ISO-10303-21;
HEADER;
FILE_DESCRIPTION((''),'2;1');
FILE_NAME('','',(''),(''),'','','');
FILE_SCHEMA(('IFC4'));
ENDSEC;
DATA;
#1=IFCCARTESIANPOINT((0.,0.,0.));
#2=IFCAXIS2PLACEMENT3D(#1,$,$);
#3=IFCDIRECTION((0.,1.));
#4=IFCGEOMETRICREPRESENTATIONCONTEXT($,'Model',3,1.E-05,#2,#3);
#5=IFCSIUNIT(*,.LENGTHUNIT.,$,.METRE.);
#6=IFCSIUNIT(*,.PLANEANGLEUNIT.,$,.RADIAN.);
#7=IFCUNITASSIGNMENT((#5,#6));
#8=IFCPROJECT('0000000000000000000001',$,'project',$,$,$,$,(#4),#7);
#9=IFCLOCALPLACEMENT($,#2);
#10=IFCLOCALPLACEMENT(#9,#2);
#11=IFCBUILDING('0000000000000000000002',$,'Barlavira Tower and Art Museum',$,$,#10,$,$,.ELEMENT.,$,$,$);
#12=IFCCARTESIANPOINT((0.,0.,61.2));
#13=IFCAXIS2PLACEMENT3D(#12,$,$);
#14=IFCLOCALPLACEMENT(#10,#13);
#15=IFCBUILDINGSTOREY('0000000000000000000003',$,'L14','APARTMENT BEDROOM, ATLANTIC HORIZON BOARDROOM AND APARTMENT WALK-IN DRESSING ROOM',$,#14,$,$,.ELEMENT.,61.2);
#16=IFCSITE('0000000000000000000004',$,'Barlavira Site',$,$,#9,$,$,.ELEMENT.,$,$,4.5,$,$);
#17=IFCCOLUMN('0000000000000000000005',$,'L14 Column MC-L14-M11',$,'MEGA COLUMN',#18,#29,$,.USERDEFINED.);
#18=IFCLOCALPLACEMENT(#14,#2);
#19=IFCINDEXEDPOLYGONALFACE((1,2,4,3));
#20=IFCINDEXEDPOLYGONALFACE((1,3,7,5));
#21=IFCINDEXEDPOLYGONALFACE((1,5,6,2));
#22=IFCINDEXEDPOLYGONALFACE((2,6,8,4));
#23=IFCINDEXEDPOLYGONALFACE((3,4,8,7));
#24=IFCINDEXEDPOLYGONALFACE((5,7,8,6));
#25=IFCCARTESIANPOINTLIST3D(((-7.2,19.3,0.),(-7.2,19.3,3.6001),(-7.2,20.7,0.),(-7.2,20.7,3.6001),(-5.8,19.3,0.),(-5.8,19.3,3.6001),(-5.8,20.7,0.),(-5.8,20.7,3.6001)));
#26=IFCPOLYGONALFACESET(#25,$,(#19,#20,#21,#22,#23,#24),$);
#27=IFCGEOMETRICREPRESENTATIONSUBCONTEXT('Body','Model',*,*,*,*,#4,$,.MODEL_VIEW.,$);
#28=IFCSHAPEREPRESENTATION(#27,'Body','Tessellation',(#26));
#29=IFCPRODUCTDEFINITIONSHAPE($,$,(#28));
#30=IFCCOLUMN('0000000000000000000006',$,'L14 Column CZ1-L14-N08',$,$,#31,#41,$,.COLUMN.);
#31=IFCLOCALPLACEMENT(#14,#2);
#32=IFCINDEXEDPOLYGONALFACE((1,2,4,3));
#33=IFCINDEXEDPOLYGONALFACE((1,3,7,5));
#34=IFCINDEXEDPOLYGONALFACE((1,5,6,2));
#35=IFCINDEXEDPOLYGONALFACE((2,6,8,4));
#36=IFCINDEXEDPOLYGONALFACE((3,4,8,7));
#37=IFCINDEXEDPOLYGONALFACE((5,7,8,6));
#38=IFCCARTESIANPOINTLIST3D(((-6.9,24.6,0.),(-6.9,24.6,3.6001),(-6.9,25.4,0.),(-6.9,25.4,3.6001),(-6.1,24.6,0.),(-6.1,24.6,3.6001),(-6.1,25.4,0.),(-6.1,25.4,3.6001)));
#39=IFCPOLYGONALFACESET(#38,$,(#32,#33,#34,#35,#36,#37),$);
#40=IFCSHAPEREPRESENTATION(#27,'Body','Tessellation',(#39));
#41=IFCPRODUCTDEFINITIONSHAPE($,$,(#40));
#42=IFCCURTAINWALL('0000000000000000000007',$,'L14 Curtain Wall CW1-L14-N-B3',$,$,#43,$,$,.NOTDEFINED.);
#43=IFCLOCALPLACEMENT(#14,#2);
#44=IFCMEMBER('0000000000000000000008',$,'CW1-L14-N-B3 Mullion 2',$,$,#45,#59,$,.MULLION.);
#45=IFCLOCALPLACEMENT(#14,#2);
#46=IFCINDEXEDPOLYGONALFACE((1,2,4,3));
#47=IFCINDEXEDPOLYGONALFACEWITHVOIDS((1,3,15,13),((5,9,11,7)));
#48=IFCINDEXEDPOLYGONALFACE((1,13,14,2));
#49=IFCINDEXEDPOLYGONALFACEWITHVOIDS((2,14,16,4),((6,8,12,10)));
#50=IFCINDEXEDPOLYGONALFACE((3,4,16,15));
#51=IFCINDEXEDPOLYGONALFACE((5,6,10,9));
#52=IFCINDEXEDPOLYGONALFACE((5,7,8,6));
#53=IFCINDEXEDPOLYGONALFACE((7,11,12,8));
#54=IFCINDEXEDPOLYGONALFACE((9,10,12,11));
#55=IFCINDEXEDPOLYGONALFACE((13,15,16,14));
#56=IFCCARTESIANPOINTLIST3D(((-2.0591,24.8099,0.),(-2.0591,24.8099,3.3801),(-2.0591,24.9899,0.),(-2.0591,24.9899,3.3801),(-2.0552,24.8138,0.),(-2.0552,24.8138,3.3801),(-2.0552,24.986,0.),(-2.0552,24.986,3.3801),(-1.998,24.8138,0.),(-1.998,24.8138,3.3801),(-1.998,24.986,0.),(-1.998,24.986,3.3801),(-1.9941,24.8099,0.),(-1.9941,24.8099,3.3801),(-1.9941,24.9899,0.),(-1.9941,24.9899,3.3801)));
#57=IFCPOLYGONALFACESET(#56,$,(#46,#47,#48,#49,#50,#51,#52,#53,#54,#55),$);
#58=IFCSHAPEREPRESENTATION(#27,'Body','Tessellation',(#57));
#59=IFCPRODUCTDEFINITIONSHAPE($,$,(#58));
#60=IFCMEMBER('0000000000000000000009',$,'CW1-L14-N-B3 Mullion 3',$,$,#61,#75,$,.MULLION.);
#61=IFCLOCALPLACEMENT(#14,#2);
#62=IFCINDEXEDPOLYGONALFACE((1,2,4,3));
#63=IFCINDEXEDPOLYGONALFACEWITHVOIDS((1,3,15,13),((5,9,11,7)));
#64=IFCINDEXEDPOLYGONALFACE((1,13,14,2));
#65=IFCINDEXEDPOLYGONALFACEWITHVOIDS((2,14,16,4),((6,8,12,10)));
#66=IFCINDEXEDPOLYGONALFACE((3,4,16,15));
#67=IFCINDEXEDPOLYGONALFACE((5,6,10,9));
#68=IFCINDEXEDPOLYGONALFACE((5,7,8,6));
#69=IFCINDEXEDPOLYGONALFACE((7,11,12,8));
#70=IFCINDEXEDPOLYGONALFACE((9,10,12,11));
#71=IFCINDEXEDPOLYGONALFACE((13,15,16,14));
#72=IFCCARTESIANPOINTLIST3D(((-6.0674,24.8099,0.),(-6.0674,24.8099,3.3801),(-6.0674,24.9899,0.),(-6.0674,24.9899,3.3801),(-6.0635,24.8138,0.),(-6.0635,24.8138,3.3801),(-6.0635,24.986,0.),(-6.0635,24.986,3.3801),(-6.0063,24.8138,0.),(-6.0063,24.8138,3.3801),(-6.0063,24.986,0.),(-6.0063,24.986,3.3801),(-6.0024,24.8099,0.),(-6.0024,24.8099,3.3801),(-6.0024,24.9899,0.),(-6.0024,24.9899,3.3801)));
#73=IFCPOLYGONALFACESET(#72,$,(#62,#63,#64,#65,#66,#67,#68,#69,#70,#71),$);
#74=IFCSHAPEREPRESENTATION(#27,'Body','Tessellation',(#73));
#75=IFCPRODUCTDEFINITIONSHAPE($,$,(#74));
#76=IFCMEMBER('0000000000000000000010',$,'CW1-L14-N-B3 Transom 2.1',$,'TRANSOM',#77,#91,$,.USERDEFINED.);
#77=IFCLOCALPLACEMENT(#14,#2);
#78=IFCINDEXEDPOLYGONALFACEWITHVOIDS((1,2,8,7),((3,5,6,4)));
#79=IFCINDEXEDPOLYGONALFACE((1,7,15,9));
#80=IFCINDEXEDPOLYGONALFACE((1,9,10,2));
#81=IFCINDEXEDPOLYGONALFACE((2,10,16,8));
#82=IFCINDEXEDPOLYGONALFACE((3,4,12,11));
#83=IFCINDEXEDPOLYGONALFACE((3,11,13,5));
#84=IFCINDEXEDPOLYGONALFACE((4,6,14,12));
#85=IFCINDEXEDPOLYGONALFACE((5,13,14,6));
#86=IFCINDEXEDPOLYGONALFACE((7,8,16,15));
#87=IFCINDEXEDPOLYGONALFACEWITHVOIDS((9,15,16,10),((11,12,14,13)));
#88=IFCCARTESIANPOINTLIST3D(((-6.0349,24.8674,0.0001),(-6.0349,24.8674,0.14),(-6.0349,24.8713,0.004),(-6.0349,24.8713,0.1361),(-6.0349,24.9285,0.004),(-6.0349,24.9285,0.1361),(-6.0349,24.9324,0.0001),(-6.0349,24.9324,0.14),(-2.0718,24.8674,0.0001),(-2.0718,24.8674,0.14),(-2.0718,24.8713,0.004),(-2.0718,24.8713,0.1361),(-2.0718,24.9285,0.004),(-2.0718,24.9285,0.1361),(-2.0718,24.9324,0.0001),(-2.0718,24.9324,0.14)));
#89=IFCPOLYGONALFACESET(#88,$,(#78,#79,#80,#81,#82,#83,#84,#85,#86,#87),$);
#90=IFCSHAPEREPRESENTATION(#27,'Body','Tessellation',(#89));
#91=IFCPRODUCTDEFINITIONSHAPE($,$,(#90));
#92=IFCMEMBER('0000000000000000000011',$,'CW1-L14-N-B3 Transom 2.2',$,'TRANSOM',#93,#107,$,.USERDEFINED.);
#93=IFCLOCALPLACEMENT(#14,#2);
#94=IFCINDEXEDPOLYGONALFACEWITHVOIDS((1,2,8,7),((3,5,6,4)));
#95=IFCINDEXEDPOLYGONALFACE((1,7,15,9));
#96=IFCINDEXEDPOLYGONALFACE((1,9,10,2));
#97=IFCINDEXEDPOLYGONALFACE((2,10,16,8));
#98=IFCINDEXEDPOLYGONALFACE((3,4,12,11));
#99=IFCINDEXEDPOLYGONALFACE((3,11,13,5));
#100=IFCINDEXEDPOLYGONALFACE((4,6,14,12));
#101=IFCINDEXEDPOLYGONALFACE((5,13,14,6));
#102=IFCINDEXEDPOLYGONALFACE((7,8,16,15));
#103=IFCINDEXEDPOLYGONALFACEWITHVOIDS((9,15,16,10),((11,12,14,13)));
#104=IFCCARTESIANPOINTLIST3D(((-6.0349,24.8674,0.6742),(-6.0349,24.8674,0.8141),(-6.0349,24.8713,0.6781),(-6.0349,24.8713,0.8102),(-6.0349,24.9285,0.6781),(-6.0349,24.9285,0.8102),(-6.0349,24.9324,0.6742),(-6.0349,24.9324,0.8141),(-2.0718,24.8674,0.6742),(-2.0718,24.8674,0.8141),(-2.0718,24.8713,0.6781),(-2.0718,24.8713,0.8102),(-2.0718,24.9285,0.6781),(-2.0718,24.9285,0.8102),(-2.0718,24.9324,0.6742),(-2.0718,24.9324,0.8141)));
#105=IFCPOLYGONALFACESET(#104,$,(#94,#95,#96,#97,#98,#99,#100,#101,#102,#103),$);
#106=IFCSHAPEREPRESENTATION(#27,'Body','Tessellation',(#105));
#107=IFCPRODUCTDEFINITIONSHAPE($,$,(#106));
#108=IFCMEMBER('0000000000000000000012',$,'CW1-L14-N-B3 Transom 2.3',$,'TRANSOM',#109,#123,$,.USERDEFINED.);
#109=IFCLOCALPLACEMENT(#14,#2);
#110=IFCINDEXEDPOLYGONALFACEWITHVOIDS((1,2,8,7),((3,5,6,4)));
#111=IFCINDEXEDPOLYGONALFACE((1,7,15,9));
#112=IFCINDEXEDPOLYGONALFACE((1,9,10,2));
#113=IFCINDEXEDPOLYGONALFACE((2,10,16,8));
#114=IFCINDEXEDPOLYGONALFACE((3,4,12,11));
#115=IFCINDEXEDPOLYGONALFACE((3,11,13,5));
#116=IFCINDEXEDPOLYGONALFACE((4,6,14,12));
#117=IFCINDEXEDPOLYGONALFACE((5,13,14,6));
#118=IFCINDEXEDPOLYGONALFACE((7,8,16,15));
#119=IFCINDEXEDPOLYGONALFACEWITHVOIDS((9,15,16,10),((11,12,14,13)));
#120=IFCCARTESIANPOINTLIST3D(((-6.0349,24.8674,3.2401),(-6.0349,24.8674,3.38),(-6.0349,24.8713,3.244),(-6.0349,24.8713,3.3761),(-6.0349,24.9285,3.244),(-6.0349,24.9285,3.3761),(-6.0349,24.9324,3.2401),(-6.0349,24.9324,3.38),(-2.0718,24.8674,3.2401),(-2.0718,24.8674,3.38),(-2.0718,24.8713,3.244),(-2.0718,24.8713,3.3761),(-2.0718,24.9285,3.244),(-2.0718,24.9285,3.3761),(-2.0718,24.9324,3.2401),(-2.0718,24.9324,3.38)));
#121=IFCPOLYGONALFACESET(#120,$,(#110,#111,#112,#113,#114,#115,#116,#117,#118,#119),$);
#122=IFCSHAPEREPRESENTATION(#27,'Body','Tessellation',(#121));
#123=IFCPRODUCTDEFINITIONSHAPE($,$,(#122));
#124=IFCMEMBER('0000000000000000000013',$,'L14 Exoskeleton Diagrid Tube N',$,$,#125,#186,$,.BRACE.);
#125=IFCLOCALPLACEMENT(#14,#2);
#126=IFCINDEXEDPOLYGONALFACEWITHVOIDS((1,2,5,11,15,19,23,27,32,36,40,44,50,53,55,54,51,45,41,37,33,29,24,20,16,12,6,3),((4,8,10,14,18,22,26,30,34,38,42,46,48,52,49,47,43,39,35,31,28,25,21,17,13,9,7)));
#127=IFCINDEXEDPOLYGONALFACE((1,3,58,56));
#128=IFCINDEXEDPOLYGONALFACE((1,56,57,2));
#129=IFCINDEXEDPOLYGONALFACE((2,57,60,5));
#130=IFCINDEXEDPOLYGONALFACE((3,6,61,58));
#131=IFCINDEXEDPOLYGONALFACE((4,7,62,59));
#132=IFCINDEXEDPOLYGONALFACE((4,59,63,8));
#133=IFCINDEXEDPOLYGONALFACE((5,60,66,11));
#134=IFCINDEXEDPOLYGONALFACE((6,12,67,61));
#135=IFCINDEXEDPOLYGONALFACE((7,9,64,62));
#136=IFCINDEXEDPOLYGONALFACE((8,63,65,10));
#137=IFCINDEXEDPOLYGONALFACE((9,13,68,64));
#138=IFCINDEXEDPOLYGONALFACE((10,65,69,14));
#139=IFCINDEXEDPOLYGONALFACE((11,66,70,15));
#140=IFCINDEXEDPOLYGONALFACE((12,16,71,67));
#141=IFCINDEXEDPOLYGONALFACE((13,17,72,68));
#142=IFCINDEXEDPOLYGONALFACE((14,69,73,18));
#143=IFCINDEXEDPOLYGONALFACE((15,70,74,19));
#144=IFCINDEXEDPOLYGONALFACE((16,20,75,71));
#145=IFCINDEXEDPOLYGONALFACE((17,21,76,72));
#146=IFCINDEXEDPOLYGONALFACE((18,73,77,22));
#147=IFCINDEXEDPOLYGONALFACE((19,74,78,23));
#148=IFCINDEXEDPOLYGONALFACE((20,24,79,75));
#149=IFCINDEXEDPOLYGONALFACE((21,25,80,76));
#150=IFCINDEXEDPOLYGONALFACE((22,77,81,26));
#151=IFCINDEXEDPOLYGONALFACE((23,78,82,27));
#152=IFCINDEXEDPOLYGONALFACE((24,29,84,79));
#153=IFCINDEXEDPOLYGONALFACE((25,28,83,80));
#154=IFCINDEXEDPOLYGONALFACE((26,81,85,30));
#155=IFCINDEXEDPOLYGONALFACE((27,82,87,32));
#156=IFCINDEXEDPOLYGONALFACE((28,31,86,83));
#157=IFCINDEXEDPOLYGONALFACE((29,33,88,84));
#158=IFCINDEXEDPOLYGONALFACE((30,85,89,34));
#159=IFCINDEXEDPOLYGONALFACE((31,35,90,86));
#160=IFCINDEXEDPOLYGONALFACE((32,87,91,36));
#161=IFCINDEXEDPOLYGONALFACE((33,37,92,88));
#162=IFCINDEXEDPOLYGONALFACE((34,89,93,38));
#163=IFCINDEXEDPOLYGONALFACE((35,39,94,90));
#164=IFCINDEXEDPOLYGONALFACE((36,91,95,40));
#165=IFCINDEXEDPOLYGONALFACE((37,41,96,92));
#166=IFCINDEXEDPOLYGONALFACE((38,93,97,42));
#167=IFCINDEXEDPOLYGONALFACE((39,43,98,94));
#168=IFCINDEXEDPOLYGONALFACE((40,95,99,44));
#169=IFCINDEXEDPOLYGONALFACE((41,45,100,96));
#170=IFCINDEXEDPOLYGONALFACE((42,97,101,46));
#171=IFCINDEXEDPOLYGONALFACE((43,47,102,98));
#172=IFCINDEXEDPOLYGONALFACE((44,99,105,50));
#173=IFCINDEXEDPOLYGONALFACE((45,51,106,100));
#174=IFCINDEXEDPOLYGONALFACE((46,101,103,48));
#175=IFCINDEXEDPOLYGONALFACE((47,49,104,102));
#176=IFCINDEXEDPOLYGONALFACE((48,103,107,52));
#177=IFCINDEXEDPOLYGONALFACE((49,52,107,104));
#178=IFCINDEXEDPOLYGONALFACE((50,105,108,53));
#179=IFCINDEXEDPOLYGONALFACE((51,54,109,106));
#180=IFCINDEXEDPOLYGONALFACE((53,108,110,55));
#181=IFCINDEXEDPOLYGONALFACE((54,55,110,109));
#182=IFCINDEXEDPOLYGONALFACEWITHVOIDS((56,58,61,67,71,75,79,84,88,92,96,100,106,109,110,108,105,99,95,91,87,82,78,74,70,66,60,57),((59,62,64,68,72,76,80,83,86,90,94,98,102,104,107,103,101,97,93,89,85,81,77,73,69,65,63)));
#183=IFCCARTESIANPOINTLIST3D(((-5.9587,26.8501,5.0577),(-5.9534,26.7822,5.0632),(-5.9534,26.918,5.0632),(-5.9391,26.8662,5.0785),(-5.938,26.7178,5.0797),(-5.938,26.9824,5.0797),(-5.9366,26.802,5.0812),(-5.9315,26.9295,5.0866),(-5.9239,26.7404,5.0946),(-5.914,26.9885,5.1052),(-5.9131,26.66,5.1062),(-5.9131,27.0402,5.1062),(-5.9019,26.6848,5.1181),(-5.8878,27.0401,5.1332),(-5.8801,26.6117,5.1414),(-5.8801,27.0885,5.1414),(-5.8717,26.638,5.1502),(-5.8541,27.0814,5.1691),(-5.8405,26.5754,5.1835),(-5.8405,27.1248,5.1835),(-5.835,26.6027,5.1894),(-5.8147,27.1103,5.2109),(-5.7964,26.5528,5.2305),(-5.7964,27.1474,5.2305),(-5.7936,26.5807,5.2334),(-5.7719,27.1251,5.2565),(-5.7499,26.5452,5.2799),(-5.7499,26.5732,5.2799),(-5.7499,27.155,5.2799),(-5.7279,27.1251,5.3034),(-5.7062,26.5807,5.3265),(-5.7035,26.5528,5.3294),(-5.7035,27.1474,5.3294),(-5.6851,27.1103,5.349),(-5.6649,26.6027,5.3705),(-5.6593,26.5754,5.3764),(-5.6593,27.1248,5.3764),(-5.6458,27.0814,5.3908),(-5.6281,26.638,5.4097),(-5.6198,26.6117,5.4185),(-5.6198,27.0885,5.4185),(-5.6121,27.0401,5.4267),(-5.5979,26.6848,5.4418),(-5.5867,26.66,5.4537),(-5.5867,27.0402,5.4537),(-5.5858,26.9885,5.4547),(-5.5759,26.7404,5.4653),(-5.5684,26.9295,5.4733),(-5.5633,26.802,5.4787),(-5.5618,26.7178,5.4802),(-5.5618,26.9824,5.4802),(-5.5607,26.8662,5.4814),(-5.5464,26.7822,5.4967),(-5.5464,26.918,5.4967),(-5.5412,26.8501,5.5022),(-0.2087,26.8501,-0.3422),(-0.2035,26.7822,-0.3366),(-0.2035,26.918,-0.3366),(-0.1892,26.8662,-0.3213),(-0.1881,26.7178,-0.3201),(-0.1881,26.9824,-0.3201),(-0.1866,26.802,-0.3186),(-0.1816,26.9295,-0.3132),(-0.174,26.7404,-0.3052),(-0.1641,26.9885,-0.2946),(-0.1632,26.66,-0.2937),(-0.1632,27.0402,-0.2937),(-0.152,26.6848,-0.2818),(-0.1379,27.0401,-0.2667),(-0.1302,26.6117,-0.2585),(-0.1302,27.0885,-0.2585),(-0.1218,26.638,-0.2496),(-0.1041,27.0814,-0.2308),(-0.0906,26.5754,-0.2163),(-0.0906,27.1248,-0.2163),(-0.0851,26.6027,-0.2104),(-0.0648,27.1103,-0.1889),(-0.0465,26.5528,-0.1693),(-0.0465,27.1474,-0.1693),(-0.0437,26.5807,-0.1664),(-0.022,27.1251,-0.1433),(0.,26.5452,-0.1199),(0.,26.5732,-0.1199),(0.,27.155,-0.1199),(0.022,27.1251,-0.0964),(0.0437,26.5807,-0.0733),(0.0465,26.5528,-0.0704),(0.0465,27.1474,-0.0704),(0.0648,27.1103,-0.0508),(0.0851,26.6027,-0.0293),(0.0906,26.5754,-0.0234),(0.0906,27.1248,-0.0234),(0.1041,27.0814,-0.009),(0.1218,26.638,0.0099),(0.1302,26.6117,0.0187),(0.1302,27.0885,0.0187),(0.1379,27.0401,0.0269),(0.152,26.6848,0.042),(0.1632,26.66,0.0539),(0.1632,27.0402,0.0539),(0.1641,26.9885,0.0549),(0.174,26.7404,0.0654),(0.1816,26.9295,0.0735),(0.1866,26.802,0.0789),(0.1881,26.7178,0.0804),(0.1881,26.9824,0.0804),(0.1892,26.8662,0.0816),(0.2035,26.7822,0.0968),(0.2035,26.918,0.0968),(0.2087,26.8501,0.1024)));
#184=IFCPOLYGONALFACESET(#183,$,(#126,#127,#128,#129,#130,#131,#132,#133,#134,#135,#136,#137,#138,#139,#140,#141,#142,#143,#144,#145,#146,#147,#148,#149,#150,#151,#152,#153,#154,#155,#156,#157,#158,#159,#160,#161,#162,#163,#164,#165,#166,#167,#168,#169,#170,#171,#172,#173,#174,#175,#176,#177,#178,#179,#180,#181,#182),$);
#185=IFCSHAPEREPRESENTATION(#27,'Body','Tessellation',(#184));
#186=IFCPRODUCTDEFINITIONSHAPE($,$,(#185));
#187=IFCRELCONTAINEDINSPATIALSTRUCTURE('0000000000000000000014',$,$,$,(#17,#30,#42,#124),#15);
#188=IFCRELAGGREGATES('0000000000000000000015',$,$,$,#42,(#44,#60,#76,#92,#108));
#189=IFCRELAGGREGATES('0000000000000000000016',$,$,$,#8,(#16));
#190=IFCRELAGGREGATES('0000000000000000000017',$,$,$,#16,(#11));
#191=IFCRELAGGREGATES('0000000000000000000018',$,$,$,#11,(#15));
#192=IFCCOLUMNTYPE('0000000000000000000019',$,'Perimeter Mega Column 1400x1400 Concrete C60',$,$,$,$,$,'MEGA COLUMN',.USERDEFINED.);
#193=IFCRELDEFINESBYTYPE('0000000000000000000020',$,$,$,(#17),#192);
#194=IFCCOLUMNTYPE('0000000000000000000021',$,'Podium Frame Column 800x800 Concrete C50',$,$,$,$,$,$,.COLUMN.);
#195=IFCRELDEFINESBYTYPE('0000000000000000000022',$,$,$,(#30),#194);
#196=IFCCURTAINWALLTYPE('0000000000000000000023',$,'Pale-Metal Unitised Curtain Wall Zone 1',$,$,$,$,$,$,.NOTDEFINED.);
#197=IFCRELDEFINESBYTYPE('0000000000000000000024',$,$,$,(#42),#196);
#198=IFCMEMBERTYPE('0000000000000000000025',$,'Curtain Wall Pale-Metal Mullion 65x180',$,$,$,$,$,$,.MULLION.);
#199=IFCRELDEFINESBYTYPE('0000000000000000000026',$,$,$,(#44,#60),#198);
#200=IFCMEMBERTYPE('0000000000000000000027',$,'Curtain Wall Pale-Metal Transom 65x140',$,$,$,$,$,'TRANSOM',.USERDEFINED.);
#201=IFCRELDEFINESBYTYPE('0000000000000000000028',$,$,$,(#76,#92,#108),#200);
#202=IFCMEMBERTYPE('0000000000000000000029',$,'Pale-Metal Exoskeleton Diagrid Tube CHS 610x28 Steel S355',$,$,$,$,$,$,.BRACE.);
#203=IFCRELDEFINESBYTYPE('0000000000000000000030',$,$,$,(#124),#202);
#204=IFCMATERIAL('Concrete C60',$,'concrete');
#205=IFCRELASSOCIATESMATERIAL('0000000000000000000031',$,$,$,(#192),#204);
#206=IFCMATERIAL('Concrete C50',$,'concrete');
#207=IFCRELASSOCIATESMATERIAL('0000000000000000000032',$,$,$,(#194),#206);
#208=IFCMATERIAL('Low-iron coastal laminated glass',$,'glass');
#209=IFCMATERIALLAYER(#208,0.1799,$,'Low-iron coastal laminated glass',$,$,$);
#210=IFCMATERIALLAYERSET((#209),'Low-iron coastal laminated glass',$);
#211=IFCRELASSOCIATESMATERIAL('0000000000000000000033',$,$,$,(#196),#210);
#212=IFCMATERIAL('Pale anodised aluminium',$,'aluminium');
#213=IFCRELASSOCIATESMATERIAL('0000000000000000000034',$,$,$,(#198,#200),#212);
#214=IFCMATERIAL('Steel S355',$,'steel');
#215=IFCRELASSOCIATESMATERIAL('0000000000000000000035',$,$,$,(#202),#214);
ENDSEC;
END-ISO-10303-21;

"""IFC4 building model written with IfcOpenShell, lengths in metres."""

from ifc_helpers import new_model, si_unit, direction, frame, origin, origin_2d, place, context, subcontext, project, spatial, rectangle, hollow_rectangle, hollow_circle, extrude, material, layer, layer_set, material_profile, profile_set, type_object, element, aggregate, save


model = new_model("IFC4")

# Units and contexts
model_context = context("Model", 3, precision=1e-05, world=origin(), true_north=direction((0.0, 1.0)))
body_context = subcontext(model_context, "Body", "Model", "MODEL_VIEW")
ifc_project = project(units=[si_unit("LENGTHUNIT", "METRE"), si_unit("PLANEANGLEUNIT", "RADIAN")], contexts=[model_context])

# Site, building, storey
site_placement = place(None, origin())
site = spatial("IfcSite", under=ifc_project, at=site_placement, Name="Barlavira Site", CompositionType="ELEMENT", RefElevation=4.5)
building_placement = place(site_placement, origin())
building = spatial("IfcBuilding", under=site, at=building_placement, Name="Barlavira Tower and Art Museum", CompositionType="ELEMENT")
storey_placement = place(building_placement, frame((0.0, 0.0, 61.2)))
storey = spatial("IfcBuildingStorey", under=building, at=storey_placement, Name="L14", Description="APARTMENT BEDROOM, ATLANTIC HORIZON BOARDROOM AND APARTMENT WALK-IN DRESSING ROOM", CompositionType="ELEMENT", Elevation=61.2)

# Columns
ifc_material_1 = material(Name="Concrete C60", Category="concrete")
ifc_material_profile_1 = material_profile(ifc_material_1, rectangle(XDim=1.3999, YDim=1.3999, at=origin_2d()), Name="RC-MCOL 1400x1400")
ifc_profile_set_1 = profile_set([ifc_material_profile_1], Name="Concrete C60")
column_type_1 = type_object("IfcColumnType", Name="Perimeter Mega Column 1400x1400 Concrete C60", ElementType="MEGA COLUMN", PredefinedType="USERDEFINED", material=ifc_profile_set_1)
column_1_placement = place(storey_placement, frame((-6.5, 20.0, 0.0), z_axis=(0.0, 0.0, 1.0), x_axis=(1.0, 0.0, 0.0)))
element("IfcColumn", 1, at=column_1_placement, inside=storey, type_object=column_type_1, Name="L14 Column MC-L14-M11", ObjectType="MEGA COLUMN", PredefinedType="USERDEFINED", context=body_context, shape_type="SweptSolid", body=[
    extrude(rectangle(XDim=1.3999, YDim=1.3999, at=origin_2d()), origin(), (0.0, 0.0, 1.0), 3.6001),
])
ifc_material_2 = material(Name="Concrete C50", Category="concrete")
ifc_material_profile_2 = material_profile(ifc_material_2, rectangle(XDim=0.8, YDim=0.8, at=origin_2d()), Name="RC-COL 800x800")
ifc_profile_set_2 = profile_set([ifc_material_profile_2], Name="Concrete C50")
column_type_2 = type_object("IfcColumnType", Name="Podium Frame Column 800x800 Concrete C50", PredefinedType="COLUMN", material=ifc_profile_set_2)
column_2_placement = place(storey_placement, frame((-6.5, 25.0, 0.0), z_axis=(0.0, 0.0, 1.0), x_axis=(1.0, 0.0, 0.0)))
element("IfcColumn", 2, at=column_2_placement, inside=storey, type_object=column_type_2, Name="L14 Column CZ1-L14-N08", PredefinedType="COLUMN", context=body_context, shape_type="SweptSolid", body=[
    extrude(rectangle(XDim=0.8, YDim=0.8, at=origin_2d()), origin(), (0.0, 0.0, 1.0), 3.6001),
])

# Curtain wall, members
ifc_material_3 = material(Name="Low-iron coastal laminated glass", Category="glass")
ifc_layer_1 = layer(ifc_material_3, 0.1799, Name="Low-iron coastal laminated glass")
ifc_layer_set_1 = layer_set([ifc_layer_1], Name="Low-iron coastal laminated glass")
curtain_wall_type = type_object("IfcCurtainWallType", Name="Pale-Metal Unitised Curtain Wall Zone 1", PredefinedType="NOTDEFINED", material=ifc_layer_set_1)
curtain_wall_placement = place(storey_placement, origin())
curtain_wall = element("IfcCurtainWall", 3, at=curtain_wall_placement, inside=storey, type_object=curtain_wall_type, Name="L14 Curtain Wall CW1-L14-N-B3", PredefinedType="NOTDEFINED")
ifc_material_4 = material(Name="Pale anodised aluminium", Category="aluminium")
ifc_material_profile_3 = material_profile(ifc_material_4, hollow_rectangle(XDim=0.0649, YDim=0.1799, WallThickness=0.0039, at=origin_2d()), Name="ALU-MULL 65x180x4")
ifc_profile_set_3 = profile_set([ifc_material_profile_3], Name="Pale anodised aluminium")
member_type_1 = type_object("IfcMemberType", Name="Curtain Wall Pale-Metal Mullion 65x180", PredefinedType="MULLION", material=ifc_profile_set_3)
member_1_placement = place(storey_placement, frame((-2.0266, 24.8999, 0.0), z_axis=(0.0, 0.0, 1.0), x_axis=(-1.0, 0.0, 0.0)))
member_1 = element("IfcMember", 4, at=member_1_placement, type_object=member_type_1, Name="CW1-L14-N-B3 Mullion 2", PredefinedType="MULLION", context=body_context, shape_type="SweptSolid", body=[
    extrude(hollow_rectangle(XDim=0.0649, YDim=0.1799, WallThickness=0.0039, at=origin_2d()), origin(), (0.0, 0.0, 1.0), 3.3801),
])
member_2_placement = place(storey_placement, frame((-6.0349, 24.8999, 0.0), z_axis=(0.0, 0.0, 1.0), x_axis=(-1.0, 0.0, 0.0)))
member_2 = element("IfcMember", 5, at=member_2_placement, type_object=member_type_1, Name="CW1-L14-N-B3 Mullion 3", PredefinedType="MULLION", context=body_context, shape_type="SweptSolid", body=[
    extrude(hollow_rectangle(XDim=0.0649, YDim=0.1799, WallThickness=0.0039, at=origin_2d()), origin(), (0.0, 0.0, 1.0), 3.3801),
])
ifc_material_profile_4 = material_profile(ifc_material_4, hollow_rectangle(XDim=0.0649, YDim=0.1399, WallThickness=0.0039, at=origin_2d()), Name="ALU-TRAN 65x140x4")
ifc_profile_set_4 = profile_set([ifc_material_profile_4], Name="Pale anodised aluminium")
member_type_2 = type_object("IfcMemberType", Name="Curtain Wall Pale-Metal Transom 65x140", ElementType="TRANSOM", PredefinedType="USERDEFINED", material=ifc_profile_set_4)
member_3_placement = place(storey_placement, frame((-2.0718, 24.8999, 0.0701), z_axis=(-1.0, 0.0, 0.0), x_axis=(0.0, -1.0, 0.0)))
member_3 = element("IfcMember", 6, at=member_3_placement, type_object=member_type_2, Name="CW1-L14-N-B3 Transom 2.1", ObjectType="TRANSOM", PredefinedType="USERDEFINED", context=body_context, shape_type="SweptSolid", body=[
    extrude(hollow_rectangle(XDim=0.0649, YDim=0.1399, WallThickness=0.0039, at=origin_2d()), origin(), (0.0, 0.0, 1.0), 3.9631),
])
member_4_placement = place(storey_placement, frame((-2.0718, 24.8999, 0.7441), z_axis=(-1.0, 0.0, 0.0), x_axis=(0.0, -1.0, 0.0)))
member_4 = element("IfcMember", 7, at=member_4_placement, type_object=member_type_2, Name="CW1-L14-N-B3 Transom 2.2", ObjectType="TRANSOM", PredefinedType="USERDEFINED", context=body_context, shape_type="SweptSolid", body=[
    extrude(hollow_rectangle(XDim=0.0649, YDim=0.1399, WallThickness=0.0039, at=origin_2d()), origin(), (0.0, 0.0, 1.0), 3.9631),
])
member_5_placement = place(storey_placement, frame((-2.0718, 24.8999, 3.3101), z_axis=(-1.0, 0.0, 0.0), x_axis=(0.0, -1.0, 0.0)))
member_5 = element("IfcMember", 8, at=member_5_placement, type_object=member_type_2, Name="CW1-L14-N-B3 Transom 2.3", ObjectType="TRANSOM", PredefinedType="USERDEFINED", context=body_context, shape_type="SweptSolid", body=[
    extrude(hollow_rectangle(XDim=0.0649, YDim=0.1399, WallThickness=0.0039, at=origin_2d()), origin(), (0.0, 0.0, 1.0), 3.9631),
])

# Member
ifc_material_5 = material(Name="Steel S355", Category="steel")
ifc_material_profile_5 = material_profile(ifc_material_5, hollow_circle(Radius=0.3049, WallThickness=0.0281, at=origin_2d()), Name="CHS 610.0x28.0")
ifc_profile_set_5 = profile_set([ifc_material_profile_5], Name="Steel S355")
member_type_3 = type_object("IfcMemberType", Name="Pale-Metal Exoskeleton Diagrid Tube CHS 610x28 Steel S355", PredefinedType="BRACE", material=ifc_profile_set_5)
member_6_placement = place(storey_placement, frame((0.0, 26.8501, -0.1199), z_axis=(-0.72895, 0.0, 0.684567), x_axis=(0.0, -1.0, 0.0)))
element("IfcMember", 9, at=member_6_placement, inside=storey, type_object=member_type_3, Name="L14 Exoskeleton Diagrid Tube N", PredefinedType="BRACE", context=body_context, shape_type="SweptSolid", body=[
    extrude(hollow_circle(Radius=0.3049, WallThickness=0.0281, at=origin_2d()), origin(), (0.0, 0.0, 1.0), 7.8879),
])

aggregate(curtain_wall, [member_1, member_2, member_3, member_4, member_5])

save(model, "model.ifc")
